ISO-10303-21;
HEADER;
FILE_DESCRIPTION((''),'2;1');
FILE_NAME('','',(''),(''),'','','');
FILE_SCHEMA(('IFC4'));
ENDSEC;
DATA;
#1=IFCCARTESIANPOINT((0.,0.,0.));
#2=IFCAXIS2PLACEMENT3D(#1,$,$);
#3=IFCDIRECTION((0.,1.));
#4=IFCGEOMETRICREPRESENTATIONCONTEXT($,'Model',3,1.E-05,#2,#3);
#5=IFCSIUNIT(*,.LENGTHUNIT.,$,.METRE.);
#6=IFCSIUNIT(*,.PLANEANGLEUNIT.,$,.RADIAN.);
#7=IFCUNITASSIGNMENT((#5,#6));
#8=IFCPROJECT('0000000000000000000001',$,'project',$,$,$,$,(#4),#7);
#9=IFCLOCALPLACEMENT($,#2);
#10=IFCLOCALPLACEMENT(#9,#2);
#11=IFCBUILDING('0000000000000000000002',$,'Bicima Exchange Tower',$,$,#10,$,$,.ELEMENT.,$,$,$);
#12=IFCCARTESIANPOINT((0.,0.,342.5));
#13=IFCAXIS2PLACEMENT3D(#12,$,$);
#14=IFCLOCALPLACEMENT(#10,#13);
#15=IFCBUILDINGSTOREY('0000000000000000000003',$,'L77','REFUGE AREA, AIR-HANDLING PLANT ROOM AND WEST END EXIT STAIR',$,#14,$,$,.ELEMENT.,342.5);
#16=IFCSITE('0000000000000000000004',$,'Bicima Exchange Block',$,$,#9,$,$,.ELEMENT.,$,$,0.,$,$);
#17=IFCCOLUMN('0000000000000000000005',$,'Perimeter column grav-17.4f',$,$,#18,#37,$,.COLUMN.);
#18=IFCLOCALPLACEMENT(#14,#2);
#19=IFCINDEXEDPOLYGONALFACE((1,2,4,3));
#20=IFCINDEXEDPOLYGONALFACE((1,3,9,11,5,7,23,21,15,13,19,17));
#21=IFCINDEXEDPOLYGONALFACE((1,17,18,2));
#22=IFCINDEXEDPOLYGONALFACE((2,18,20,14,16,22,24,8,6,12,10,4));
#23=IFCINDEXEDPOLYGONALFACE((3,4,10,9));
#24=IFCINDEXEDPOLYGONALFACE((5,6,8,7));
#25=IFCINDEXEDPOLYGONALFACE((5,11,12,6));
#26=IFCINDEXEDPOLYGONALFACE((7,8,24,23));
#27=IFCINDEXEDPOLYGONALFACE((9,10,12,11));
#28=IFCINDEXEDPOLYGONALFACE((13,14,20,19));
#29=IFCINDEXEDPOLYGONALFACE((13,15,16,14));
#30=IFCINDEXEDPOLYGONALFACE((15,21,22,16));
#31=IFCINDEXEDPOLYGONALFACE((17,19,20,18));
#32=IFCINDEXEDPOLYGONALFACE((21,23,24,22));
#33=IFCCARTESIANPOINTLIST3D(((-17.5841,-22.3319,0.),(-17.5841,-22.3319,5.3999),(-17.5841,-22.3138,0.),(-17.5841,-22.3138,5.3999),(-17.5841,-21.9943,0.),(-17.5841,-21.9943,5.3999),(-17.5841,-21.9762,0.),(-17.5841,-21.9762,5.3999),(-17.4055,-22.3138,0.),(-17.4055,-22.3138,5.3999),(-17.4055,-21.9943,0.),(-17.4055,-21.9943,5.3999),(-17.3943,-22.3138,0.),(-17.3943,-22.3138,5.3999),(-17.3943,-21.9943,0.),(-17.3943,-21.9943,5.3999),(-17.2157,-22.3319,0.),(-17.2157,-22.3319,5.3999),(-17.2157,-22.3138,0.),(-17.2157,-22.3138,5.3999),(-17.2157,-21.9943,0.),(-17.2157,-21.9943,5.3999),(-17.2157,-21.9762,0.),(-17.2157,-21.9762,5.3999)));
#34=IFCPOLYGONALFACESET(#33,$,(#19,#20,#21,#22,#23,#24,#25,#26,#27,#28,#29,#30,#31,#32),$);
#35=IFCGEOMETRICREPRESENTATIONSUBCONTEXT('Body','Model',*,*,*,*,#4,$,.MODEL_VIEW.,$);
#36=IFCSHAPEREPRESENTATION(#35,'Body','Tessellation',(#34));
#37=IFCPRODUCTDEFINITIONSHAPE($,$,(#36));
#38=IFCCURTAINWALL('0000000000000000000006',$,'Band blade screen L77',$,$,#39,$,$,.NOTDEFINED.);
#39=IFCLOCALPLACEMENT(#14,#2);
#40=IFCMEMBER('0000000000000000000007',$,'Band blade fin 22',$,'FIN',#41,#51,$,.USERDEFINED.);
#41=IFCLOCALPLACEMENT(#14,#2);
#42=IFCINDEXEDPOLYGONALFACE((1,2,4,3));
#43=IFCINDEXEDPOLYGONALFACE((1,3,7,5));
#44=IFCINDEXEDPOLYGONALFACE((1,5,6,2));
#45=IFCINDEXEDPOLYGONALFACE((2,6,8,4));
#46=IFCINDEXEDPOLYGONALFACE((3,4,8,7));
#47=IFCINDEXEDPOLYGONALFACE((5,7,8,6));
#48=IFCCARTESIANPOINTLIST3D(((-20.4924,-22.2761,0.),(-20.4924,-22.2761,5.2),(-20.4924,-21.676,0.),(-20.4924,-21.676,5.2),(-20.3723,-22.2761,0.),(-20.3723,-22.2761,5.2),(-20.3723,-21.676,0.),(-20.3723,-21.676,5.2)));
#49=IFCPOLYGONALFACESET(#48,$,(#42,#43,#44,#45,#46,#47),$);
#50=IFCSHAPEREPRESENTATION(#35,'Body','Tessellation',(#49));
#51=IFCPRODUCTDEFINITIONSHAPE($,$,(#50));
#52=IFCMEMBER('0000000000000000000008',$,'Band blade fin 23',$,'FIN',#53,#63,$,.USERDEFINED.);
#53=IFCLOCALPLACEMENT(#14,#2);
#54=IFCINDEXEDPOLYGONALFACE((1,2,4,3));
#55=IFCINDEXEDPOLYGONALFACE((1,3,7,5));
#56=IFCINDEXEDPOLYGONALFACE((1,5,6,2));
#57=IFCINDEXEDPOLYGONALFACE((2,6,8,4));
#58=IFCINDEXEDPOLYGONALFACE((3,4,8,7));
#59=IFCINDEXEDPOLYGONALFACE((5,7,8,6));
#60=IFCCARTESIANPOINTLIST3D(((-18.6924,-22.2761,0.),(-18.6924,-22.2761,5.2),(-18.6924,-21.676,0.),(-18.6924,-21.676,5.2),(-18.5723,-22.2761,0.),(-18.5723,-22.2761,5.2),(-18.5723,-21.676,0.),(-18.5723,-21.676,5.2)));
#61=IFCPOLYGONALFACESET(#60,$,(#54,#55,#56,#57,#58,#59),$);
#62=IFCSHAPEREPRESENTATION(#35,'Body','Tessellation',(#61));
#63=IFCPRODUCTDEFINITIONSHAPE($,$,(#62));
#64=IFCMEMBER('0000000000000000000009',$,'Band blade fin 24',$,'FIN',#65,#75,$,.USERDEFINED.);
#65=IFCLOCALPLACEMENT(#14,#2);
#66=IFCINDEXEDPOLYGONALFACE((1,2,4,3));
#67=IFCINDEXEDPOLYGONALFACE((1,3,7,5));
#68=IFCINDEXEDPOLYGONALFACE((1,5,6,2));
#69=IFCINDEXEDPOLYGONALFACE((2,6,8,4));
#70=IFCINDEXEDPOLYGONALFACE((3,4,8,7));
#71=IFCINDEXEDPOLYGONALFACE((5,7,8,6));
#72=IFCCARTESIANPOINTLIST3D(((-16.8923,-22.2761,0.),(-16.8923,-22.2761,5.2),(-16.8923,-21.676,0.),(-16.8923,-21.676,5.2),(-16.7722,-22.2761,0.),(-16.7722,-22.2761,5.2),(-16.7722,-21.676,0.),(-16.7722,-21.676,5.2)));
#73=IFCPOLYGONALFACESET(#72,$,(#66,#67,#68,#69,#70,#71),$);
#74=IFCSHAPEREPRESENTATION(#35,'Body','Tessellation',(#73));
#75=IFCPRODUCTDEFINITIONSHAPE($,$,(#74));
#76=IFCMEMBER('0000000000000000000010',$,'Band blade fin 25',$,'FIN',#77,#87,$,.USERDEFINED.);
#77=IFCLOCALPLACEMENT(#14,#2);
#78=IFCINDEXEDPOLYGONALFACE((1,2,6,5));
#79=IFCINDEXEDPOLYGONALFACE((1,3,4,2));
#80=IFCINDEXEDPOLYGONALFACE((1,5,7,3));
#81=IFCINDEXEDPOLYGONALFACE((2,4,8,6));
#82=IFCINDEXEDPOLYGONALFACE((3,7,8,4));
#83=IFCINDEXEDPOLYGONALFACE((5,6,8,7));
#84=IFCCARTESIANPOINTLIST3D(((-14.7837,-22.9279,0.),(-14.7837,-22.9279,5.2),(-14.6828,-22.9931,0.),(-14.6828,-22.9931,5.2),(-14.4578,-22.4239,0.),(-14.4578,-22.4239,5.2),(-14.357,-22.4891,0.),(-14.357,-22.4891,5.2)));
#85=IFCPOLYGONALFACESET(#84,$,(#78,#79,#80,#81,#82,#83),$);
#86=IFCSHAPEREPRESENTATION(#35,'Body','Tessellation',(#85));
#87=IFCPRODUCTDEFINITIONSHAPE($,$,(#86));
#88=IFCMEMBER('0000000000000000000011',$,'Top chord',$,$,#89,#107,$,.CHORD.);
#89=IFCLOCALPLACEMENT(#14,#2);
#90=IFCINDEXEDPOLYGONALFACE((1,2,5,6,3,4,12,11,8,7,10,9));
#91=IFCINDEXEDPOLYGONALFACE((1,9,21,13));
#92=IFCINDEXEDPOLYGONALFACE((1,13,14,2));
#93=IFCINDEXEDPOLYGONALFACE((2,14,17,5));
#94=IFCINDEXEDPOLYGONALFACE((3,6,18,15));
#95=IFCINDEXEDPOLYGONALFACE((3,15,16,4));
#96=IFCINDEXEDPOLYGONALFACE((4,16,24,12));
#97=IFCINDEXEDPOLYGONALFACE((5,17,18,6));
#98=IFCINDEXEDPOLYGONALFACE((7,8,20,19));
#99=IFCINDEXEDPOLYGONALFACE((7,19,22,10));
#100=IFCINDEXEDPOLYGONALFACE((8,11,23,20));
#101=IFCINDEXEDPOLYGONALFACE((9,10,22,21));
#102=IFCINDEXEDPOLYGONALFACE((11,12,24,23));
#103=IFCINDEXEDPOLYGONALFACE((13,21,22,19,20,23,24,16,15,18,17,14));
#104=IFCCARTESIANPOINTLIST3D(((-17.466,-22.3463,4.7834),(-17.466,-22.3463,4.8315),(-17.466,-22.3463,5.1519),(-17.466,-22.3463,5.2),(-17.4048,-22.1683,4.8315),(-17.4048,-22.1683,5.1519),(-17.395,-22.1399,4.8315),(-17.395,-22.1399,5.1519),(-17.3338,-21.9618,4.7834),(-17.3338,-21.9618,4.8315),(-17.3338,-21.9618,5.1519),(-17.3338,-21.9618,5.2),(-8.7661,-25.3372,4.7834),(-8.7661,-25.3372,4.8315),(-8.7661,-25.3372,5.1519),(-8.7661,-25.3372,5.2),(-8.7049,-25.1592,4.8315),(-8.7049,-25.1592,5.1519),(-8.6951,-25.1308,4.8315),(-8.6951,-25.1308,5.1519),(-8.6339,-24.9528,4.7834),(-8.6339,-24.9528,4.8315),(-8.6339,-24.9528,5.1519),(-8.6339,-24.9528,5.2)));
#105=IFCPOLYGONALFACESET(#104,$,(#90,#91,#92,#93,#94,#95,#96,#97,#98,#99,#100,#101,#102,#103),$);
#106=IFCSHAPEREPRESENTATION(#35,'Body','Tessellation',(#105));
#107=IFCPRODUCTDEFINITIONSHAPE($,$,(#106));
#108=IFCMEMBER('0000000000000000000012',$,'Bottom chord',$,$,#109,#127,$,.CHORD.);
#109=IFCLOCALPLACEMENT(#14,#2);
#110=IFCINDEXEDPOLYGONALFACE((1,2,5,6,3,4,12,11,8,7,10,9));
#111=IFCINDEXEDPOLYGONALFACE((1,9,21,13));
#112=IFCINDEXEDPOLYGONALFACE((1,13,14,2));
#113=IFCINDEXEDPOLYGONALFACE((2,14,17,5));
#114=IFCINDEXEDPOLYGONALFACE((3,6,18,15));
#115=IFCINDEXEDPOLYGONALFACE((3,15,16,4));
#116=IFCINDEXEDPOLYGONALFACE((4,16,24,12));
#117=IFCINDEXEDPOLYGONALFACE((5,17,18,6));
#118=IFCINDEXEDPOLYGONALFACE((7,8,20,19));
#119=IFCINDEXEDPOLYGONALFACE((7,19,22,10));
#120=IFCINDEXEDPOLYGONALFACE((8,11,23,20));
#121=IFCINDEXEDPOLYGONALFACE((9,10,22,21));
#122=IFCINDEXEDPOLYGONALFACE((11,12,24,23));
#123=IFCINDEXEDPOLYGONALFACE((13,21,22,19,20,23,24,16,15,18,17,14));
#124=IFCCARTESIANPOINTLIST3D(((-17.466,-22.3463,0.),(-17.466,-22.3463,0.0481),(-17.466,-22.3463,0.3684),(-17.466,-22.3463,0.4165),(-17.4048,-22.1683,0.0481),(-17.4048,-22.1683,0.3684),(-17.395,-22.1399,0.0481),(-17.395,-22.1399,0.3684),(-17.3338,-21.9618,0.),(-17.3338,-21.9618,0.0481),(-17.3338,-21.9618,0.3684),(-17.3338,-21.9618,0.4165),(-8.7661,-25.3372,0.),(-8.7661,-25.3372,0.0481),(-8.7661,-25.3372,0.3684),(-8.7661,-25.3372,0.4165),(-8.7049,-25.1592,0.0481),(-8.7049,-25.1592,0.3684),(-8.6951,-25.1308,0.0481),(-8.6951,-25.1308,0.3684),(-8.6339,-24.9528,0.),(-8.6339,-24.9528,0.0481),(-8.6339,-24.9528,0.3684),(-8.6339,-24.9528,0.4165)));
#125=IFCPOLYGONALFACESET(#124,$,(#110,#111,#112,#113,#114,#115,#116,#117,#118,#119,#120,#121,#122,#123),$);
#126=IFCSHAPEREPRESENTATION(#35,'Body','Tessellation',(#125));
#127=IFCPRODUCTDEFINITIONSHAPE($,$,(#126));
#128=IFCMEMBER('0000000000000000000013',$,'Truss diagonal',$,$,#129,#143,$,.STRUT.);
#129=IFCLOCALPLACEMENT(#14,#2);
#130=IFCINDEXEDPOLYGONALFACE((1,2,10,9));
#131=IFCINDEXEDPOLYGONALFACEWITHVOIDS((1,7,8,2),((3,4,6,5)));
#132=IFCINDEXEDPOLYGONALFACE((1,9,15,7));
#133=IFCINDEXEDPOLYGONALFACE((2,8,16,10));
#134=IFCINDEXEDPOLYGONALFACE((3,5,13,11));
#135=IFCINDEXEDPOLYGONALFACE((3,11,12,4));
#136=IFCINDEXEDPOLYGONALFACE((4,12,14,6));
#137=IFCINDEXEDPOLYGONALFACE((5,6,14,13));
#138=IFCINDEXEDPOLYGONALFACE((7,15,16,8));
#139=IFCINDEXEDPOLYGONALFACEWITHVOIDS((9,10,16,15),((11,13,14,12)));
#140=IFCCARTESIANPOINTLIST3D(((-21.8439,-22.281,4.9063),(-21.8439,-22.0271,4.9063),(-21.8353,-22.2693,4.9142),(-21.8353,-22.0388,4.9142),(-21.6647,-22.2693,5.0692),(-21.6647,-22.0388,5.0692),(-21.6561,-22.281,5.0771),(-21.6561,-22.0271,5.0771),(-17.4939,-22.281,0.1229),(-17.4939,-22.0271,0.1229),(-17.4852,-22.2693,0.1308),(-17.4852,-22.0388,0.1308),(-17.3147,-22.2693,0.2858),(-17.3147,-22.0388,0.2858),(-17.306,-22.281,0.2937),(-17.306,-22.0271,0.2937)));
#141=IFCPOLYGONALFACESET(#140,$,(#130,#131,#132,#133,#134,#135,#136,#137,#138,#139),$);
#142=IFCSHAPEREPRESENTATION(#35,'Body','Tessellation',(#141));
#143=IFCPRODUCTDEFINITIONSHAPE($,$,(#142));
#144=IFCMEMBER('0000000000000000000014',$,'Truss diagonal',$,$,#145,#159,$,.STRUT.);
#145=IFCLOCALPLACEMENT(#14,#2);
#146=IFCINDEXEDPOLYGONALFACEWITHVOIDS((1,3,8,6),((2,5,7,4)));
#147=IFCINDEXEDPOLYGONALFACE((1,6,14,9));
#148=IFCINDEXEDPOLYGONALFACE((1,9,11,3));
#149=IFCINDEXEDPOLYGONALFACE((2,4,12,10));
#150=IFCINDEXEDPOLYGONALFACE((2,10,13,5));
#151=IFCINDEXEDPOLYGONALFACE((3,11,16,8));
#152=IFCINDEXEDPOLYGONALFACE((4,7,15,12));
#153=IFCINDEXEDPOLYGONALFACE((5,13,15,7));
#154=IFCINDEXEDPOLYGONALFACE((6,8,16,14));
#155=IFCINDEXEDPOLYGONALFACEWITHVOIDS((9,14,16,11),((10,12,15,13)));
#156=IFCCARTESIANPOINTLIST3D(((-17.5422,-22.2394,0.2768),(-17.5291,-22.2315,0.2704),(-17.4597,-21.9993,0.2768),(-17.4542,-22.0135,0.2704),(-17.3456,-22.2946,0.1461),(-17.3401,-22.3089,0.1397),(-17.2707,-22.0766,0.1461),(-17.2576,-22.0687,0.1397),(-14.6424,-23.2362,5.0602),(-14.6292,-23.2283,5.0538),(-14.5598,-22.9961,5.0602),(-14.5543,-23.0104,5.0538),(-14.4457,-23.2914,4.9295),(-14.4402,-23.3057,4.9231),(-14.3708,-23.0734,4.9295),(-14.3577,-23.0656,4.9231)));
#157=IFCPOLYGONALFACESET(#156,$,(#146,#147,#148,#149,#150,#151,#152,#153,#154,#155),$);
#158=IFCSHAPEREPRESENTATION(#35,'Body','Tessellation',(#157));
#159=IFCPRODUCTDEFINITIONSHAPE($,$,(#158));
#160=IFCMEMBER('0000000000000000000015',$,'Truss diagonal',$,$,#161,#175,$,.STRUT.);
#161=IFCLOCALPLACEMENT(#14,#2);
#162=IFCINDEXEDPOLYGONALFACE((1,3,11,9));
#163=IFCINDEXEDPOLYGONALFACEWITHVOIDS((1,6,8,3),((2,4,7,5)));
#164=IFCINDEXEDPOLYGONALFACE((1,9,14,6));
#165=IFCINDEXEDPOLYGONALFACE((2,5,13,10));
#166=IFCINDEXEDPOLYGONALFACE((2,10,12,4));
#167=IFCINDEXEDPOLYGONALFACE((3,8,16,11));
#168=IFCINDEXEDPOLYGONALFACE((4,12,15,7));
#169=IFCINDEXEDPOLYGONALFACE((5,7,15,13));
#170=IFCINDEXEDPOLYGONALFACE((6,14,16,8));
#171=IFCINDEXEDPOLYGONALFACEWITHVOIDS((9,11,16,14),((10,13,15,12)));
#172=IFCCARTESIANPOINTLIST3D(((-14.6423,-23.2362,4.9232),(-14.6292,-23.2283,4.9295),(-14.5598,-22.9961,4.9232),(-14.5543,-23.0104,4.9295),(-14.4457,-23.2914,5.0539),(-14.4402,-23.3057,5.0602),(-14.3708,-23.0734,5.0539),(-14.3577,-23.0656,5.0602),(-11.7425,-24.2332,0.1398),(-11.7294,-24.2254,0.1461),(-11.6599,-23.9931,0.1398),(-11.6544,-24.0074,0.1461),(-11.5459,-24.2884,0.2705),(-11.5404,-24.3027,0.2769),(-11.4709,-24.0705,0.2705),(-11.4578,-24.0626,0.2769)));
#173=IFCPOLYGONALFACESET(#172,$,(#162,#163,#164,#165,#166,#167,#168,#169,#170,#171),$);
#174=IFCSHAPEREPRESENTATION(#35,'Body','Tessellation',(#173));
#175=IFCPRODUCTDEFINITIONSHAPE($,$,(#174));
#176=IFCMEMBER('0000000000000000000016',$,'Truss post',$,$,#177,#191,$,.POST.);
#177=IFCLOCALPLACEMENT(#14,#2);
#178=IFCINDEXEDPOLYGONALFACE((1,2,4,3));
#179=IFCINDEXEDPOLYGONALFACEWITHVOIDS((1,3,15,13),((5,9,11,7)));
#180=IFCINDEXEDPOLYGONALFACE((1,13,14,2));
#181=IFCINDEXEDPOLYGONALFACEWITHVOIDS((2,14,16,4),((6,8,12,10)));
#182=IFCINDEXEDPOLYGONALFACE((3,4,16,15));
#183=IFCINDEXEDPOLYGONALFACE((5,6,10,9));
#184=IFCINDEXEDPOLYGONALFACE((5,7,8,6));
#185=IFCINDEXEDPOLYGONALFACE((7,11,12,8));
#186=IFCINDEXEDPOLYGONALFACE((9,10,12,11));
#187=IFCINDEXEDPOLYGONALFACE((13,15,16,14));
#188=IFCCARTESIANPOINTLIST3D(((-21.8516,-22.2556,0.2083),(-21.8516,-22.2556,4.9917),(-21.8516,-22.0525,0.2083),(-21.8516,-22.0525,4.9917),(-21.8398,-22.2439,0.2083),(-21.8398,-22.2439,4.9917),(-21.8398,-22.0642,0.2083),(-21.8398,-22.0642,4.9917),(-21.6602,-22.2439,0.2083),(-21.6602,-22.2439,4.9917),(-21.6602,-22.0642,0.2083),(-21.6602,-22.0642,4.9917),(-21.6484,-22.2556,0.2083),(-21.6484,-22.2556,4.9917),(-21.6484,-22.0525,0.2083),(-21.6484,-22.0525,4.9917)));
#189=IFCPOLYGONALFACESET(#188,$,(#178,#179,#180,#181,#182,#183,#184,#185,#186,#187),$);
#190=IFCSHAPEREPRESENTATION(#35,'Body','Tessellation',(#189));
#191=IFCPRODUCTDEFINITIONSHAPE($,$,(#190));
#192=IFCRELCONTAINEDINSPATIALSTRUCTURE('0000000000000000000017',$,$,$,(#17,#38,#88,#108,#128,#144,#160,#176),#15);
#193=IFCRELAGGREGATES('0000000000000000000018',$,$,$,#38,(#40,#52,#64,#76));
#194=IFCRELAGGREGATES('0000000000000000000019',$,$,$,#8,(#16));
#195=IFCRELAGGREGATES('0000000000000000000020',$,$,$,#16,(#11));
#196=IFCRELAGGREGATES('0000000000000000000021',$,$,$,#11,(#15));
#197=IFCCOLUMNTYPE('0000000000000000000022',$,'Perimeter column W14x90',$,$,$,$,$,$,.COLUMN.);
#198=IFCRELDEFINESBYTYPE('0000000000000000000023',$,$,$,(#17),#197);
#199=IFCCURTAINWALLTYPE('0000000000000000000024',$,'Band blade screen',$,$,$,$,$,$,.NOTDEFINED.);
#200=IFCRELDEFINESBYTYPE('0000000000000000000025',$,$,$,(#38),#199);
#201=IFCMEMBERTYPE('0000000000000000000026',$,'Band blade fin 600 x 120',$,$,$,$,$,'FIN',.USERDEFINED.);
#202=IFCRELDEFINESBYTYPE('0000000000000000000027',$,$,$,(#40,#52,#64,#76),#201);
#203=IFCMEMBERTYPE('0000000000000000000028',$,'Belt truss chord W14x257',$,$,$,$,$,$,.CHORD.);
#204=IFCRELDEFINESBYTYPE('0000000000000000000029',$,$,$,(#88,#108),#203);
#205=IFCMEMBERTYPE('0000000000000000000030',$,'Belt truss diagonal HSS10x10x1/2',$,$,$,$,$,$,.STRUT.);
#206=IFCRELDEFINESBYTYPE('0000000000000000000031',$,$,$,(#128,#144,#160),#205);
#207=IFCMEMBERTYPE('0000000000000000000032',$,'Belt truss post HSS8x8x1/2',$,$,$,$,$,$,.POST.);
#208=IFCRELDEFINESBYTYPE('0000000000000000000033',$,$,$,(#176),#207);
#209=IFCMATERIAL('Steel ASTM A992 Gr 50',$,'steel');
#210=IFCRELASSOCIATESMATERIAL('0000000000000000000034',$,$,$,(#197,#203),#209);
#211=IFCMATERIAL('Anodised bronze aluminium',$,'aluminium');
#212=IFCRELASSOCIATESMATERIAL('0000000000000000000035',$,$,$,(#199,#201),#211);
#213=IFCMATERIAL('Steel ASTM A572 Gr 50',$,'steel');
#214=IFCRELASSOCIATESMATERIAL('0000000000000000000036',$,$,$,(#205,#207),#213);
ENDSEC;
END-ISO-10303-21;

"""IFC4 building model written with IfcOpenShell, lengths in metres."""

from ifc_helpers import new_model, si_unit, direction, frame, origin, origin_2d, place, context, subcontext, project, spatial, rectangle, hollow_rectangle, i_section, extrude, material, material_profile, profile_set, type_object, element, aggregate, save


model = new_model("IFC4")

# Units and contexts
model_context = context("Model", 3, precision=1e-05, world=origin(), true_north=direction((0.0, 1.0)))
body_context = subcontext(model_context, "Body", "Model", "MODEL_VIEW")
ifc_project = project(units=[si_unit("LENGTHUNIT", "METRE"), si_unit("PLANEANGLEUNIT", "RADIAN")], contexts=[model_context])

# Site, building, storey
site_placement = place(None, origin())
site = spatial("IfcSite", under=ifc_project, at=site_placement, Name="Bicima Exchange Block", CompositionType="ELEMENT", RefElevation=0.0)
building_placement = place(site_placement, origin())
building = spatial("IfcBuilding", under=site, at=building_placement, Name="Bicima Exchange Tower", CompositionType="ELEMENT")
storey_placement = place(building_placement, frame((0.0, 0.0, 342.5)))
storey = spatial("IfcBuildingStorey", under=building, at=storey_placement, Name="L77", Description="REFUGE AREA, AIR-HANDLING PLANT ROOM AND WEST END EXIT STAIR", CompositionType="ELEMENT", Elevation=342.5)

# Column
ifc_material_1 = material(Name="Steel ASTM A992 Gr 50", Category="steel")
ifc_material_profile_1 = material_profile(ifc_material_1, i_section(OverallWidth=0.3684, OverallDepth=0.3557, WebThickness=0.0112, FlangeThickness=0.0181, at=origin_2d()))
ifc_profile_set_1 = profile_set([ifc_material_profile_1], Name="Steel ASTM A992 Gr 50")
column_type = type_object("IfcColumnType", Name="Perimeter column W14x90", PredefinedType="COLUMN", material=ifc_profile_set_1)
column_placement = place(storey_placement, frame((-17.3999, -22.1541, 0.0), z_axis=(0.0, 0.0, 1.0), x_axis=(1.0, 0.0, 0.0)))
element("IfcColumn", 1, at=column_placement, inside=storey, type_object=column_type, Name="Perimeter column grav-17.4f", PredefinedType="COLUMN", context=body_context, shape_type="SweptSolid", body=[
    extrude(i_section(OverallWidth=0.3684, OverallDepth=0.3557, WebThickness=0.0112, FlangeThickness=0.0181, at=origin_2d()), origin(), (0.0, 0.0, 1.0), 5.3999),
])

# Curtain wall, members
ifc_material_2 = material(Name="Anodised bronze aluminium", Category="aluminium")
curtain_wall_type = type_object("IfcCurtainWallType", Name="Band blade screen", PredefinedType="NOTDEFINED", material=ifc_material_2)
curtain_wall_placement = place(storey_placement, origin())
curtain_wall = element("IfcCurtainWall", 2, at=curtain_wall_placement, inside=storey, type_object=curtain_wall_type, Name="Band blade screen L77", PredefinedType="NOTDEFINED")
ifc_material_profile_2 = material_profile(ifc_material_2, rectangle(XDim=0.6001, YDim=0.1201, at=origin_2d()))
ifc_profile_set_2 = profile_set([ifc_material_profile_2], Name="Anodised bronze aluminium")
member_type_1 = type_object("IfcMemberType", Name="Band blade fin 600 x 120", ElementType="FIN", PredefinedType="USERDEFINED", material=ifc_profile_set_2)
member_1_placement = place(storey_placement, frame((-20.4324, -21.9761, 0.0), z_axis=(0.0, 0.0, 1.0), x_axis=(0.0, 1.0, 0.0)))
member_1 = element("IfcMember", 3, at=member_1_placement, type_object=member_type_1, Name="Band blade fin 22", ObjectType="FIN", PredefinedType="USERDEFINED", context=body_context, shape_type="SweptSolid", body=[
    extrude(rectangle(XDim=0.6001, YDim=0.1201, at=origin_2d()), origin(), (0.0, 0.0, 1.0), 5.2),
])
member_2_placement = place(storey_placement, frame((-18.6323, -21.9761, 0.0), z_axis=(0.0, 0.0, 1.0), x_axis=(0.0, 1.0, 0.0)))
member_2 = element("IfcMember", 4, at=member_2_placement, type_object=member_type_1, Name="Band blade fin 23", ObjectType="FIN", PredefinedType="USERDEFINED", context=body_context, shape_type="SweptSolid", body=[
    extrude(rectangle(XDim=0.6001, YDim=0.1201, at=origin_2d()), origin(), (0.0, 0.0, 1.0), 5.2),
])
member_3_placement = place(storey_placement, frame((-16.8323, -21.9761, 0.0), z_axis=(0.0, 0.0, 1.0), x_axis=(0.0, 1.0, 0.0)))
member_3 = element("IfcMember", 5, at=member_3_placement, type_object=member_type_1, Name="Band blade fin 24", ObjectType="FIN", PredefinedType="USERDEFINED", context=body_context, shape_type="SweptSolid", body=[
    extrude(rectangle(XDim=0.6001, YDim=0.1201, at=origin_2d()), origin(), (0.0, 0.0, 1.0), 5.2),
])
member_4_placement = place(storey_placement, frame((-14.5703, -22.7085, 0.0), z_axis=(0.0, 0.0, 1.0), x_axis=(0.542917, 0.839787, 0.0)))
member_4 = element("IfcMember", 6, at=member_4_placement, type_object=member_type_1, Name="Band blade fin 25", ObjectType="FIN", PredefinedType="USERDEFINED", context=body_context, shape_type="SweptSolid", body=[
    extrude(rectangle(XDim=0.6001, YDim=0.1201, at=origin_2d()), origin(), (0.0, 0.0, 1.0), 5.2),
])
aggregate(curtain_wall, [member_1, member_2, member_3, member_4])

# Members
ifc_material_profile_3 = material_profile(ifc_material_1, i_section(OverallWidth=0.4065, OverallDepth=0.4165, WebThickness=0.03, FlangeThickness=0.0481, at=origin_2d()))
ifc_profile_set_3 = profile_set([ifc_material_profile_3], Name="Steel ASTM A992 Gr 50")
member_type_2 = type_object("IfcMemberType", Name="Belt truss chord W14x257", PredefinedType="CHORD", material=ifc_profile_set_3)
for number, where, z_axis, x_axis, name in (
    (7, (-17.3999, -22.1541, 4.9917), (0.945675, -0.325115, 0.0), (0.325115, 0.945675, 0.0), "Top chord"),
    (8, (-17.3999, -22.1541, 0.2083), (0.945675, -0.325115, 0.0), (0.325115, 0.945675, 0.0), "Bottom chord"),
):
    element("IfcMember", number, at=place(storey_placement, frame(where, z_axis=z_axis, x_axis=x_axis)), inside=storey, type_object=member_type_2, Name=name, PredefinedType="CHORD", context=body_context, shape_type="SweptSolid", body=[
        extrude(i_section(OverallWidth=0.4065, OverallDepth=0.4165, WebThickness=0.03, FlangeThickness=0.0481, at=origin_2d()), origin(), (0.0, 0.0, 1.0), 9.1997),
    ])
ifc_material_3 = material(Name="Steel ASTM A572 Gr 50", Category="steel")
ifc_material_profile_4 = material_profile(ifc_material_3, hollow_rectangle(XDim=0.2539, YDim=0.2539, WallThickness=0.0117, at=origin_2d()))
ifc_profile_set_4 = profile_set([ifc_material_profile_4], Name="Steel ASTM A572 Gr 50")
member_type_3 = type_object("IfcMemberType", Name="Belt truss diagonal HSS10x10x1/2", PredefinedType="STRUT", material=ifc_profile_set_4)
member_5_placement = place(storey_placement, frame((-21.75, -22.1541, 4.9917), z_axis=(0.672801, 0.0, -0.739824), x_axis=(0.0, 1.0, 0.0)))
element("IfcMember", 9, at=member_5_placement, inside=storey, type_object=member_type_3, Name="Truss diagonal", PredefinedType="STRUT", context=body_context, shape_type="SweptSolid", body=[
    extrude(hollow_rectangle(XDim=0.2539, YDim=0.2539, WallThickness=0.0117, at=origin_2d()), origin(), (0.0, 0.0, 1.0), 6.4656),
])
for number, where, z_axis, x_axis, name in (
    (10, (-17.3999, -22.1541, 0.2083), (0.510372, -0.175438, 0.841868), (0.325075, 0.945688, 0.0), "Truss diagonal"),
    (11, (-14.5, -23.1509, 4.9917), (0.510368, -0.175479, -0.841862), (0.325147, 0.945664, 0.0), "Truss diagonal"),
):
    element("IfcMember", number, at=place(storey_placement, frame(where, z_axis=z_axis, x_axis=x_axis)), inside=storey, type_object=member_type_3, Name=name, PredefinedType="STRUT", context=body_context, shape_type="SweptSolid", body=[
        extrude(hollow_rectangle(XDim=0.2539, YDim=0.2539, WallThickness=0.0117, at=origin_2d()), origin(), (0.0, 0.0, 1.0), 5.6819),
    ])
ifc_material_profile_5 = material_profile(ifc_material_3, hollow_rectangle(XDim=0.2031, YDim=0.2031, WallThickness=0.0117, at=origin_2d()))
ifc_profile_set_5 = profile_set([ifc_material_profile_5], Name="Steel ASTM A572 Gr 50")
member_type_4 = type_object("IfcMemberType", Name="Belt truss post HSS8x8x1/2", PredefinedType="POST", material=ifc_profile_set_5)
for number, where, z_axis, x_axis, name in (
    (12, (-21.75, -22.1541, 0.2083), (0.0, 0.0, 1.0), (1.0, 0.0, 0.0), "Truss post"),
):
    element("IfcMember", number, at=place(storey_placement, frame(where, z_axis=z_axis, x_axis=x_axis)), inside=storey, type_object=member_type_4, Name=name, PredefinedType="POST", context=body_context, shape_type="SweptSolid", body=[
        extrude(hollow_rectangle(XDim=0.2031, YDim=0.2031, WallThickness=0.0117, at=origin_2d()), origin(), (0.0, 0.0, 1.0), 4.7834),
    ])

save(model, "model.ifc")
